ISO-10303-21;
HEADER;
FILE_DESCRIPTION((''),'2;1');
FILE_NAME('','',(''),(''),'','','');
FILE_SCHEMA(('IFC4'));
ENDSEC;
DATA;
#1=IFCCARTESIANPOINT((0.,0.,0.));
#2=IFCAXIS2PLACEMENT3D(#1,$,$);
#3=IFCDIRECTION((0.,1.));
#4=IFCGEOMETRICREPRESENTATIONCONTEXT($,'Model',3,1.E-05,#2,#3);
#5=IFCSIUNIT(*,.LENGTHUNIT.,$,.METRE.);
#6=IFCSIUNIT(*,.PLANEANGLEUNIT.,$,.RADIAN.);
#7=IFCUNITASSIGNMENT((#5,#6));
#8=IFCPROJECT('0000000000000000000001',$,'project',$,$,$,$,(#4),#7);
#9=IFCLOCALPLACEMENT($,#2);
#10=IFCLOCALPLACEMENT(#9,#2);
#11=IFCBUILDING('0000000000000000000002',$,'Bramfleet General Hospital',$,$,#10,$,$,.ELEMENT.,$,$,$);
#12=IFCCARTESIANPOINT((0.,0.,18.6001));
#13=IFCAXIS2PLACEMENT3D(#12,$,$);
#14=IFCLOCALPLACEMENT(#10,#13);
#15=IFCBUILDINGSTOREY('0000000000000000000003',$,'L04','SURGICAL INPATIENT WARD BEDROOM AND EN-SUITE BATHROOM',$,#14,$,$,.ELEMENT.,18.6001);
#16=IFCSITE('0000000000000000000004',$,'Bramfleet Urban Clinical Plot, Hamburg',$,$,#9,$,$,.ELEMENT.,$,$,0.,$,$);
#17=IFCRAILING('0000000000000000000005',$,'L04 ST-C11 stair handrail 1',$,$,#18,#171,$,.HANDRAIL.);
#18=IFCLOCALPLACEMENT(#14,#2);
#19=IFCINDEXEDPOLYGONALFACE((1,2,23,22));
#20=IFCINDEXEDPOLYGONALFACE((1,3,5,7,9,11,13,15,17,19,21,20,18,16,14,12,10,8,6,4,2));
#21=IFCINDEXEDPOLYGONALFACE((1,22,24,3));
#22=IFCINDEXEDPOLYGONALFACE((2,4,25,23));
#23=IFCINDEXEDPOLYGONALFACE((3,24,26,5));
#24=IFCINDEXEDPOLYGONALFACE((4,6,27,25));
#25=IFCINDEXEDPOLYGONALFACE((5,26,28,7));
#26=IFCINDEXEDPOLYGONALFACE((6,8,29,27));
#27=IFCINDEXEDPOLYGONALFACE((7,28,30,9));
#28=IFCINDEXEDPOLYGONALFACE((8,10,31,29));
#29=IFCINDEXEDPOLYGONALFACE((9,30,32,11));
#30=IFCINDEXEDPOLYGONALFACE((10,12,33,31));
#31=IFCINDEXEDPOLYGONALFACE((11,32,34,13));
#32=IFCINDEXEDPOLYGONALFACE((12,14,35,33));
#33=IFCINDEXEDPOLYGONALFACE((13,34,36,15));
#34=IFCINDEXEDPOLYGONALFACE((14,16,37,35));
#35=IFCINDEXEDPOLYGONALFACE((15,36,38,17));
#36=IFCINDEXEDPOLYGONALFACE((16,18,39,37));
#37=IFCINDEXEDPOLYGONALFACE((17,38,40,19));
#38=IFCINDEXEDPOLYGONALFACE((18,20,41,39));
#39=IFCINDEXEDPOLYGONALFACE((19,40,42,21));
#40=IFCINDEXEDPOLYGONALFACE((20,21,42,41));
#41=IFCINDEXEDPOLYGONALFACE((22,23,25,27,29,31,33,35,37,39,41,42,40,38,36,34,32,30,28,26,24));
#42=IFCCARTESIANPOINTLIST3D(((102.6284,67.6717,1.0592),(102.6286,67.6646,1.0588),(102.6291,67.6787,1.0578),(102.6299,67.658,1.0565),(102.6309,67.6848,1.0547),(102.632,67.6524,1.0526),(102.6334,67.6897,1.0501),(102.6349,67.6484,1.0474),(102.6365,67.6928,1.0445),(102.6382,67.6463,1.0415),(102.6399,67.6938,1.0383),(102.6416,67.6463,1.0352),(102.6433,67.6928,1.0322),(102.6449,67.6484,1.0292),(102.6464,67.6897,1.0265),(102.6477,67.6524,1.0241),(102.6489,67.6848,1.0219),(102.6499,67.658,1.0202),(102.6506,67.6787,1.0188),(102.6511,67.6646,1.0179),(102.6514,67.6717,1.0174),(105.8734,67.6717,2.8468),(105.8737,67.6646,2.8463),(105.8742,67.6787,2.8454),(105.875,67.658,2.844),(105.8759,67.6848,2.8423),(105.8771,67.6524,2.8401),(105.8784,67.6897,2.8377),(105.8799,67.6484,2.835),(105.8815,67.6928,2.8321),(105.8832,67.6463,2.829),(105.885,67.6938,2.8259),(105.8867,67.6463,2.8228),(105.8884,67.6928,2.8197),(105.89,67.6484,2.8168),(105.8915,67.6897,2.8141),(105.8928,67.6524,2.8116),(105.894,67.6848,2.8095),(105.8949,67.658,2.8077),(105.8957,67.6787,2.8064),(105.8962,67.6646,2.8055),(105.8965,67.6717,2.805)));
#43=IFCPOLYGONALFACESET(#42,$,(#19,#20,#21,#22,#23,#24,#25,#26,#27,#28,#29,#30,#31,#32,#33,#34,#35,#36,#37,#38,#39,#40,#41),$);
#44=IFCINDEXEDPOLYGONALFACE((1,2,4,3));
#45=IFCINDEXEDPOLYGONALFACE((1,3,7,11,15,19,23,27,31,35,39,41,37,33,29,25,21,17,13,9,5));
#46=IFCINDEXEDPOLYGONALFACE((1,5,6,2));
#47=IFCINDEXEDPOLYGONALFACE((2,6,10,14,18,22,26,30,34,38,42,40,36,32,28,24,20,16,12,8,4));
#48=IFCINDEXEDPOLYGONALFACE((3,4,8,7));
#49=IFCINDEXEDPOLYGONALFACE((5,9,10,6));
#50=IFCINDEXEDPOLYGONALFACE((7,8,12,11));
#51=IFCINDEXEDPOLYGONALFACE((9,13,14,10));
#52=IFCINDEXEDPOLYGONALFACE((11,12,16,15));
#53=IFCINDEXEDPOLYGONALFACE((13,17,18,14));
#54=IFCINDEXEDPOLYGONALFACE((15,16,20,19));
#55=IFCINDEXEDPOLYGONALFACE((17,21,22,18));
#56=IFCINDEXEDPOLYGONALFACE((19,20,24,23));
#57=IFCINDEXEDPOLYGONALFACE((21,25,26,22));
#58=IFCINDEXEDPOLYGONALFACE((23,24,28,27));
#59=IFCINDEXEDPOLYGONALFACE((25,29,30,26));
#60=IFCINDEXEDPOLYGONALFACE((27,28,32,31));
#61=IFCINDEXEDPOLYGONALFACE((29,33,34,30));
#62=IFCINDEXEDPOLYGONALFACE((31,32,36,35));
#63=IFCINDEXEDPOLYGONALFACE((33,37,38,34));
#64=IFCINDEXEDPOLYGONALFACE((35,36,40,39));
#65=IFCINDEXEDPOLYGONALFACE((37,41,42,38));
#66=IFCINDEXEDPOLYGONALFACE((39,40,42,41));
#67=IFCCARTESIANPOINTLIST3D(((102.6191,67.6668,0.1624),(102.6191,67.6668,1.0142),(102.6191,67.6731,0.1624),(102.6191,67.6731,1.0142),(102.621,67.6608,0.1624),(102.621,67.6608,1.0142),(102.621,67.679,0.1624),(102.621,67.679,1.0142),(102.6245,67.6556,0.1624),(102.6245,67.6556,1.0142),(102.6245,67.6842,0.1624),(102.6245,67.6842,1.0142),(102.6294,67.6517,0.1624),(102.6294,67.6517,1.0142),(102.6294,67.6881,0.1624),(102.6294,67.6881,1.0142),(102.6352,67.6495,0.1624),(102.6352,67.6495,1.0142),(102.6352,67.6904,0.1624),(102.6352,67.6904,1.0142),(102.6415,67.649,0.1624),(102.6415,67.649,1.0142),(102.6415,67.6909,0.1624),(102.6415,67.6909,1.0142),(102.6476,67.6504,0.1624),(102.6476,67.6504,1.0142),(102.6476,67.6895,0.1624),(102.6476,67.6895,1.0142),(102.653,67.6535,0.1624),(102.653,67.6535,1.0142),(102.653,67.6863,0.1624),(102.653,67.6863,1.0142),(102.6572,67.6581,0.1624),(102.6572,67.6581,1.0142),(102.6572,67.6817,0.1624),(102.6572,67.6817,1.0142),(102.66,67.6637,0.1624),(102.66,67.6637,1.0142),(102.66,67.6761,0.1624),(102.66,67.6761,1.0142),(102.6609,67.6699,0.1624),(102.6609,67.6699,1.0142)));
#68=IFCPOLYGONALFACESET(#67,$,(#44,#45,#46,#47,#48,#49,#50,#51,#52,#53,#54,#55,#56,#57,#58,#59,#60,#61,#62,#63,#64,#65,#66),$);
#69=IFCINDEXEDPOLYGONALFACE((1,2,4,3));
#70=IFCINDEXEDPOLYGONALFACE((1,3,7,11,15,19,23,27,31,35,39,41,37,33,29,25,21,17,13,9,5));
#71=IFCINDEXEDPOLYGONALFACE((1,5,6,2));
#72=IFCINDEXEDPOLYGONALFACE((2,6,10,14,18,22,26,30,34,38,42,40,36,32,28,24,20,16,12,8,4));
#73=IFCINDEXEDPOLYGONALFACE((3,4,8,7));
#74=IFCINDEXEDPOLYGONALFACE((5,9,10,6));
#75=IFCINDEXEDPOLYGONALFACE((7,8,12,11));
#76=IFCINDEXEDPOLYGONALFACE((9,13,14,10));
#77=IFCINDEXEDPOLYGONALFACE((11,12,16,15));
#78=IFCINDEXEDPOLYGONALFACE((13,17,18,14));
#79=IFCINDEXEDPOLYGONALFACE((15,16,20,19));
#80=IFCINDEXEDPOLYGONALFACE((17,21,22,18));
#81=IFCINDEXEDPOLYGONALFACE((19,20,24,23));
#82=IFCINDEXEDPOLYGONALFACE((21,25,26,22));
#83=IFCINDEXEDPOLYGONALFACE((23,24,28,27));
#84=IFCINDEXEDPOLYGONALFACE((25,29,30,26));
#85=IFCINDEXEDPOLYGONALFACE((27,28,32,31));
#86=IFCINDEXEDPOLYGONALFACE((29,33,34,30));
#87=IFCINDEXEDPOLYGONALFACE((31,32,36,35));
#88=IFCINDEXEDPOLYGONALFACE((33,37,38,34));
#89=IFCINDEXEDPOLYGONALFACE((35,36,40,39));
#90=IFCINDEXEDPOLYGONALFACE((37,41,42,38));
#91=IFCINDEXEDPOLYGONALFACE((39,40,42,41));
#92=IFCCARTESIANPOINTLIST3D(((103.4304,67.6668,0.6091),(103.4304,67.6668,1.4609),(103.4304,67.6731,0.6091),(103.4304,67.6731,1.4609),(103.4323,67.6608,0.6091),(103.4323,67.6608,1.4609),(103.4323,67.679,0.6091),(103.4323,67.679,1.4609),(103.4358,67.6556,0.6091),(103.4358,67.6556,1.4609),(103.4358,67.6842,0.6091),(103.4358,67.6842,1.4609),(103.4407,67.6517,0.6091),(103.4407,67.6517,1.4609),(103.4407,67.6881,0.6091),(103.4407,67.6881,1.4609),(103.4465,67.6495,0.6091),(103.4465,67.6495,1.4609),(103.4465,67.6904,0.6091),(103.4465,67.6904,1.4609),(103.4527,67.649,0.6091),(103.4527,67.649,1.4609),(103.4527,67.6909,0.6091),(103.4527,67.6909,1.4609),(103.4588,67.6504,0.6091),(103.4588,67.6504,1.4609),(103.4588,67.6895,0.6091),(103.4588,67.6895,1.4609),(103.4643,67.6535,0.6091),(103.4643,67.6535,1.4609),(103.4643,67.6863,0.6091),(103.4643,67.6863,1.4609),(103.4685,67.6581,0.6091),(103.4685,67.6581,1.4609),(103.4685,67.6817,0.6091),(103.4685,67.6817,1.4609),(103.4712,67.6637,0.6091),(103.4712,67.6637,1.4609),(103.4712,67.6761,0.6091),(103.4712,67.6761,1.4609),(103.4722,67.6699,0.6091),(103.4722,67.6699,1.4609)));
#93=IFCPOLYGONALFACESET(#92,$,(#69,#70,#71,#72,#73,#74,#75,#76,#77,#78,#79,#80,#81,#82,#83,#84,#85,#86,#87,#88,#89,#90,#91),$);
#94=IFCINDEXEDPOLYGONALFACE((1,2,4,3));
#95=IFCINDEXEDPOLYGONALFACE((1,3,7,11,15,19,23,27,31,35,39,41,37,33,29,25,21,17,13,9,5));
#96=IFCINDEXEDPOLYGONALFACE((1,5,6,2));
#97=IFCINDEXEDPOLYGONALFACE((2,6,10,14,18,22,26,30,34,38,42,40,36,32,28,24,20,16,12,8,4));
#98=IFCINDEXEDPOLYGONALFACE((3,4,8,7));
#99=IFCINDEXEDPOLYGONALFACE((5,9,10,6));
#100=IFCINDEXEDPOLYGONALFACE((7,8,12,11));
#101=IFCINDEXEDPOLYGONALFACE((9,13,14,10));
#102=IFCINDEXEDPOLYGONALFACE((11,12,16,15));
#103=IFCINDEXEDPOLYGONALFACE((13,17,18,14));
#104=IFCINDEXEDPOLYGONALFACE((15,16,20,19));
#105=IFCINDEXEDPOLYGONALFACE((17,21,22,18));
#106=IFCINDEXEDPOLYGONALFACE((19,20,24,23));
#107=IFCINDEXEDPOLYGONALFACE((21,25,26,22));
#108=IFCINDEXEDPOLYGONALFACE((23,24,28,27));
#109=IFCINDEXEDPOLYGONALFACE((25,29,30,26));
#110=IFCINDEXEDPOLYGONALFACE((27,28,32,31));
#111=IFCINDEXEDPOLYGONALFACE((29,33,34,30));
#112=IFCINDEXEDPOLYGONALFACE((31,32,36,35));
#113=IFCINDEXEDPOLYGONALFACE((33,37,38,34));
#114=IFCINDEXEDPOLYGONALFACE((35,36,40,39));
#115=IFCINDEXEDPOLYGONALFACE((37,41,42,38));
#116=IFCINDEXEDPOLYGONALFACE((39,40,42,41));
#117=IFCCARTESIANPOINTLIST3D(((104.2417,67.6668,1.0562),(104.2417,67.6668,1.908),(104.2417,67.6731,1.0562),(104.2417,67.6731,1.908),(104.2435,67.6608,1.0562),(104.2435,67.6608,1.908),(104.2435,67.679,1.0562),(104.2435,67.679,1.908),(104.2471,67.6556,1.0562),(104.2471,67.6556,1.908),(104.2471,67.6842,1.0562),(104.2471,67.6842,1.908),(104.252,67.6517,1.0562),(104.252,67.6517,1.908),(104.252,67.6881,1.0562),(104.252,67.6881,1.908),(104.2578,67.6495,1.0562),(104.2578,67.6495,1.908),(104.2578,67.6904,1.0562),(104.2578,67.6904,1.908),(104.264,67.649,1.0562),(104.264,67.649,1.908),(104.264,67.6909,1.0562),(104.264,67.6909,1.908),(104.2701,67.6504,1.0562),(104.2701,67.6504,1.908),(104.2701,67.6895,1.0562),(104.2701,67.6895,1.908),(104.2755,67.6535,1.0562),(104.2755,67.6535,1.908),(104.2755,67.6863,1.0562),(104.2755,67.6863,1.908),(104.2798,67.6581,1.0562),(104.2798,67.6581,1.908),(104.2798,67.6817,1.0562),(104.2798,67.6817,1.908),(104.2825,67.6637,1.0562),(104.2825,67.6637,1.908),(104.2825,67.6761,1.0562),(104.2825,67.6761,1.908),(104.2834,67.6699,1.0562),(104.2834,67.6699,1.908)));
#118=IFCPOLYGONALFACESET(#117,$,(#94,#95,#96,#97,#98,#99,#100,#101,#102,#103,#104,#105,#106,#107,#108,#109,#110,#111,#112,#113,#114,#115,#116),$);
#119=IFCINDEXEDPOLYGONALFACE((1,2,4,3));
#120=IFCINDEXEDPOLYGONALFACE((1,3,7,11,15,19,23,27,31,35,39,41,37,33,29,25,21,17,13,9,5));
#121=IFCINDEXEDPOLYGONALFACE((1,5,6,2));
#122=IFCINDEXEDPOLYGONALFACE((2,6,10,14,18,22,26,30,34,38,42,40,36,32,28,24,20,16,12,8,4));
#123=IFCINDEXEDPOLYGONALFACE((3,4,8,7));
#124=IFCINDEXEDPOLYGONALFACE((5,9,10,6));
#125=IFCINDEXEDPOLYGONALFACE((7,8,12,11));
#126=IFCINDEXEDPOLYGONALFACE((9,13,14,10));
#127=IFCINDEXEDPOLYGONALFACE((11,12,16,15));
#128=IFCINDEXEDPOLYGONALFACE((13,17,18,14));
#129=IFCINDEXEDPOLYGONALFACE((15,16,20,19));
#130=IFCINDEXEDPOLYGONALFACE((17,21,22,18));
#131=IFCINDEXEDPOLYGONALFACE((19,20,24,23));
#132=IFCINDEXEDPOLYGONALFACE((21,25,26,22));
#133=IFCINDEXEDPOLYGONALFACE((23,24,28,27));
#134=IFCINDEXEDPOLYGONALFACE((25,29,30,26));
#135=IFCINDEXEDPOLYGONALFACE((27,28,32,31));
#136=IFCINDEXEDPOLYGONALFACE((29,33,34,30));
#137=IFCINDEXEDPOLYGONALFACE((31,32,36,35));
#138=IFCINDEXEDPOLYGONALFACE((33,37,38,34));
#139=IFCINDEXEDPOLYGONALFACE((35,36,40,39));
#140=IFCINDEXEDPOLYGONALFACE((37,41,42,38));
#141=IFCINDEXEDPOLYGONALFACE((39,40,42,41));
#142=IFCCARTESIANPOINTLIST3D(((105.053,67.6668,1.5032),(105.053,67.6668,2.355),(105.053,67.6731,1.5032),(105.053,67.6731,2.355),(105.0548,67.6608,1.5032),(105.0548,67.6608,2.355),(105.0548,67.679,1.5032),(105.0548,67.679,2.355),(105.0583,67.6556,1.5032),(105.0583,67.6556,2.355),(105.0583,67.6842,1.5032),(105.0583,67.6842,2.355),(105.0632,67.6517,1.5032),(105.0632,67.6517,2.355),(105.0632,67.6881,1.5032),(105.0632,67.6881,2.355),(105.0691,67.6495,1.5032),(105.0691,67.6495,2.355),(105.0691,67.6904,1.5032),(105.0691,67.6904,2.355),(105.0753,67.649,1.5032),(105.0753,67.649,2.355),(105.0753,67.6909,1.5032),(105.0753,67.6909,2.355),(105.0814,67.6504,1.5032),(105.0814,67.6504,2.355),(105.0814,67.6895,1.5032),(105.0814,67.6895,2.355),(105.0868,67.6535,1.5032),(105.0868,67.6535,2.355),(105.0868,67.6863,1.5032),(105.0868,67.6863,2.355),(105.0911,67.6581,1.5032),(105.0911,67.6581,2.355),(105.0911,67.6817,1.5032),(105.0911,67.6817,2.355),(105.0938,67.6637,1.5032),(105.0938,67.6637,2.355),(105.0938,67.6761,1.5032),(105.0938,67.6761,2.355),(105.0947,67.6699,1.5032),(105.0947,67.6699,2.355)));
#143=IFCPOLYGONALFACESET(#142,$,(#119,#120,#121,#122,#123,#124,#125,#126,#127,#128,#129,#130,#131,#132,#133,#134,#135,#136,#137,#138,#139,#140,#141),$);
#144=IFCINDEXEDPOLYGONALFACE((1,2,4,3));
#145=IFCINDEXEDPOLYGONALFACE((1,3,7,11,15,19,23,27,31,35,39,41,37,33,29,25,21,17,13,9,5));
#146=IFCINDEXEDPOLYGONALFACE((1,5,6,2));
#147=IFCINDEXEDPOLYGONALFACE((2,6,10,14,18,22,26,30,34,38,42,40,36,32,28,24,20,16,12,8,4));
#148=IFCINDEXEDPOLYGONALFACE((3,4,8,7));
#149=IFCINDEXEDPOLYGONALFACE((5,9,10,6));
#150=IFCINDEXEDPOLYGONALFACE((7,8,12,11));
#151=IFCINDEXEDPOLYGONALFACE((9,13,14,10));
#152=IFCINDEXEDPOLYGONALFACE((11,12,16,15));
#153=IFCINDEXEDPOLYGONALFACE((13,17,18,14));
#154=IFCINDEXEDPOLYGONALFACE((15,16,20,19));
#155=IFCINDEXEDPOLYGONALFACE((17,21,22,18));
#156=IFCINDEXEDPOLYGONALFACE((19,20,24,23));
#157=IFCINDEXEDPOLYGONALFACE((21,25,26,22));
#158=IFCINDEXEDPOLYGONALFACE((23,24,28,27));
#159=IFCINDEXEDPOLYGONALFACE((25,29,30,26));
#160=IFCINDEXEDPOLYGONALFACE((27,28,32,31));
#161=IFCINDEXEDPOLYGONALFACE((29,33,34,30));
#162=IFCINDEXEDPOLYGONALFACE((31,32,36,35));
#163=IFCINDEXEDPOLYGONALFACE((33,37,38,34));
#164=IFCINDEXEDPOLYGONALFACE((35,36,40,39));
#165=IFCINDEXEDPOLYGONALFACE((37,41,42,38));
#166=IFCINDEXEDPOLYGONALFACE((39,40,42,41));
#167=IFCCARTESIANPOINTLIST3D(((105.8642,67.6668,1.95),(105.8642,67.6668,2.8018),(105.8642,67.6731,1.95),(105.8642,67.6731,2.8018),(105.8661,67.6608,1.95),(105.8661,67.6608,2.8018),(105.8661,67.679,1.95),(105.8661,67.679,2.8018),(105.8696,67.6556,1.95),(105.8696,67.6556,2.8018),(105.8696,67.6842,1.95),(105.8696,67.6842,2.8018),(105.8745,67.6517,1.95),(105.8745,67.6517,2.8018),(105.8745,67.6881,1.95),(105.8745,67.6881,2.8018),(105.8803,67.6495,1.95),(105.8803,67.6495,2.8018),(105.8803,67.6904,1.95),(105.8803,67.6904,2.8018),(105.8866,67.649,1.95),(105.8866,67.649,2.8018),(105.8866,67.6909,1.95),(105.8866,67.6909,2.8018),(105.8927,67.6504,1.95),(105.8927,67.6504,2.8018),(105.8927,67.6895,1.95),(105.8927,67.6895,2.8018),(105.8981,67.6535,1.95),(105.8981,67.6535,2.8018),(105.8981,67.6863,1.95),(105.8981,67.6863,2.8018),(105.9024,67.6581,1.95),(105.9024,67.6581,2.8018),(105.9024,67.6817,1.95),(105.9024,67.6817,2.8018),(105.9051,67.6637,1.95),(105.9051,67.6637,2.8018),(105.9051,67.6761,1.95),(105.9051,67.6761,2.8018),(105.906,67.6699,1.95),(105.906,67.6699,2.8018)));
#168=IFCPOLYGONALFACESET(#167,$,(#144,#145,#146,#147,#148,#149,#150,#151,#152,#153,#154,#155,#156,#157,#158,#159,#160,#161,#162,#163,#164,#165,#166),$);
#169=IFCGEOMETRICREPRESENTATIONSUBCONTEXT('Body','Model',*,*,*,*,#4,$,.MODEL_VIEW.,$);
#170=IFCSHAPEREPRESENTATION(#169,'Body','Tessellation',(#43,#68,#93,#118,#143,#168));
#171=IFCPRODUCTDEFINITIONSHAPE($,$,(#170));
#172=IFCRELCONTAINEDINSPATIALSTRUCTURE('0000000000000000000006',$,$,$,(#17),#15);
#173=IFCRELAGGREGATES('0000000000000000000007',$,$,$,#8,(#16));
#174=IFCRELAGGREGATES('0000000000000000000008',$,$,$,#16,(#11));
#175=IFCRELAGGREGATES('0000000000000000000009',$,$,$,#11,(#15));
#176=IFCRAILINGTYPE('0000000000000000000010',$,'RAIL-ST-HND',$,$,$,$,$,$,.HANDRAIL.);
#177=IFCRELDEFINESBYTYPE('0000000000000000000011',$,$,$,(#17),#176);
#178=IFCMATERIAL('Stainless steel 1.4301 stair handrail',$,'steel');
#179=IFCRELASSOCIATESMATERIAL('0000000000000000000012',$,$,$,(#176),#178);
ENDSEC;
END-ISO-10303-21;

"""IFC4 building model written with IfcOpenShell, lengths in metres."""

from ifc_helpers import new_model, si_unit, direction, frame, origin, origin_2d, place, context, subcontext, project, spatial, circle, extrude, material, type_object, element, save


model = new_model("IFC4")

# Units and contexts
model_context = context("Model", 3, precision=1e-05, world=origin(), true_north=direction((0.0, 1.0)))
body_context = subcontext(model_context, "Body", "Model", "MODEL_VIEW")
ifc_project = project(units=[si_unit("LENGTHUNIT", "METRE"), si_unit("PLANEANGLEUNIT", "RADIAN")], contexts=[model_context])

# Site, building, storey
site_placement = place(None, origin())
site = spatial("IfcSite", under=ifc_project, at=site_placement, Name="Bramfleet Urban Clinical Plot, Hamburg", CompositionType="ELEMENT", RefElevation=0.0)
building_placement = place(site_placement, origin())
building = spatial("IfcBuilding", under=site, at=building_placement, Name="Bramfleet General Hospital", CompositionType="ELEMENT")
storey_placement = place(building_placement, frame((0.0, 0.0, 18.6001)))
storey = spatial("IfcBuildingStorey", under=building, at=storey_placement, Name="L04", Description="SURGICAL INPATIENT WARD BEDROOM AND EN-SUITE BATHROOM", CompositionType="ELEMENT", Elevation=18.6001)

# Railing
ifc_material_1 = material(Name="Stainless steel 1.4301 stair handrail", Category="steel")
railing_type_1 = type_object("IfcRailingType", Name="RAIL-ST-HND", PredefinedType="HANDRAIL", material=ifc_material_1)
railing_1_placement = place(storey_placement, frame((102.6399, 67.6699, 0.1624)))
element("IfcRailing", 1, at=railing_1_placement, inside=storey, type_object=railing_type_1, Name="L04 ST-C11 stair handrail 1", PredefinedType="HANDRAIL", context=body_context, shape_type="SweptSolid", body=[
    extrude(circle(Radius=0.0239, at=origin_2d()), frame((0.0, 0.0, 0.876), z_axis=(0.875899, 0.0, 0.482495), x_axis=(0.0, 1.0, 0.0)), (0.0, 0.0, 1.0), 3.7048),
    extrude(circle(Radius=0.021, at=origin_2d()), origin(), (0.0, 0.0, 1.0), 0.8518),
    extrude(circle(Radius=0.021, at=origin_2d()), frame((0.8113, 0.0, 0.4468)), (0.0, 0.0, 1.0), 0.8518),
    extrude(circle(Radius=0.021, at=origin_2d()), frame((1.6226, 0.0, 0.8938)), (0.0, 0.0, 1.0), 0.8518),
    extrude(circle(Radius=0.021, at=origin_2d()), frame((2.4338, 0.0, 1.3408)), (0.0, 0.0, 1.0), 0.8518),
    extrude(circle(Radius=0.021, at=origin_2d()), frame((3.2451, 0.0, 1.7876)), (0.0, 0.0, 1.0), 0.8518),
])

save(model, "model.ifc")
